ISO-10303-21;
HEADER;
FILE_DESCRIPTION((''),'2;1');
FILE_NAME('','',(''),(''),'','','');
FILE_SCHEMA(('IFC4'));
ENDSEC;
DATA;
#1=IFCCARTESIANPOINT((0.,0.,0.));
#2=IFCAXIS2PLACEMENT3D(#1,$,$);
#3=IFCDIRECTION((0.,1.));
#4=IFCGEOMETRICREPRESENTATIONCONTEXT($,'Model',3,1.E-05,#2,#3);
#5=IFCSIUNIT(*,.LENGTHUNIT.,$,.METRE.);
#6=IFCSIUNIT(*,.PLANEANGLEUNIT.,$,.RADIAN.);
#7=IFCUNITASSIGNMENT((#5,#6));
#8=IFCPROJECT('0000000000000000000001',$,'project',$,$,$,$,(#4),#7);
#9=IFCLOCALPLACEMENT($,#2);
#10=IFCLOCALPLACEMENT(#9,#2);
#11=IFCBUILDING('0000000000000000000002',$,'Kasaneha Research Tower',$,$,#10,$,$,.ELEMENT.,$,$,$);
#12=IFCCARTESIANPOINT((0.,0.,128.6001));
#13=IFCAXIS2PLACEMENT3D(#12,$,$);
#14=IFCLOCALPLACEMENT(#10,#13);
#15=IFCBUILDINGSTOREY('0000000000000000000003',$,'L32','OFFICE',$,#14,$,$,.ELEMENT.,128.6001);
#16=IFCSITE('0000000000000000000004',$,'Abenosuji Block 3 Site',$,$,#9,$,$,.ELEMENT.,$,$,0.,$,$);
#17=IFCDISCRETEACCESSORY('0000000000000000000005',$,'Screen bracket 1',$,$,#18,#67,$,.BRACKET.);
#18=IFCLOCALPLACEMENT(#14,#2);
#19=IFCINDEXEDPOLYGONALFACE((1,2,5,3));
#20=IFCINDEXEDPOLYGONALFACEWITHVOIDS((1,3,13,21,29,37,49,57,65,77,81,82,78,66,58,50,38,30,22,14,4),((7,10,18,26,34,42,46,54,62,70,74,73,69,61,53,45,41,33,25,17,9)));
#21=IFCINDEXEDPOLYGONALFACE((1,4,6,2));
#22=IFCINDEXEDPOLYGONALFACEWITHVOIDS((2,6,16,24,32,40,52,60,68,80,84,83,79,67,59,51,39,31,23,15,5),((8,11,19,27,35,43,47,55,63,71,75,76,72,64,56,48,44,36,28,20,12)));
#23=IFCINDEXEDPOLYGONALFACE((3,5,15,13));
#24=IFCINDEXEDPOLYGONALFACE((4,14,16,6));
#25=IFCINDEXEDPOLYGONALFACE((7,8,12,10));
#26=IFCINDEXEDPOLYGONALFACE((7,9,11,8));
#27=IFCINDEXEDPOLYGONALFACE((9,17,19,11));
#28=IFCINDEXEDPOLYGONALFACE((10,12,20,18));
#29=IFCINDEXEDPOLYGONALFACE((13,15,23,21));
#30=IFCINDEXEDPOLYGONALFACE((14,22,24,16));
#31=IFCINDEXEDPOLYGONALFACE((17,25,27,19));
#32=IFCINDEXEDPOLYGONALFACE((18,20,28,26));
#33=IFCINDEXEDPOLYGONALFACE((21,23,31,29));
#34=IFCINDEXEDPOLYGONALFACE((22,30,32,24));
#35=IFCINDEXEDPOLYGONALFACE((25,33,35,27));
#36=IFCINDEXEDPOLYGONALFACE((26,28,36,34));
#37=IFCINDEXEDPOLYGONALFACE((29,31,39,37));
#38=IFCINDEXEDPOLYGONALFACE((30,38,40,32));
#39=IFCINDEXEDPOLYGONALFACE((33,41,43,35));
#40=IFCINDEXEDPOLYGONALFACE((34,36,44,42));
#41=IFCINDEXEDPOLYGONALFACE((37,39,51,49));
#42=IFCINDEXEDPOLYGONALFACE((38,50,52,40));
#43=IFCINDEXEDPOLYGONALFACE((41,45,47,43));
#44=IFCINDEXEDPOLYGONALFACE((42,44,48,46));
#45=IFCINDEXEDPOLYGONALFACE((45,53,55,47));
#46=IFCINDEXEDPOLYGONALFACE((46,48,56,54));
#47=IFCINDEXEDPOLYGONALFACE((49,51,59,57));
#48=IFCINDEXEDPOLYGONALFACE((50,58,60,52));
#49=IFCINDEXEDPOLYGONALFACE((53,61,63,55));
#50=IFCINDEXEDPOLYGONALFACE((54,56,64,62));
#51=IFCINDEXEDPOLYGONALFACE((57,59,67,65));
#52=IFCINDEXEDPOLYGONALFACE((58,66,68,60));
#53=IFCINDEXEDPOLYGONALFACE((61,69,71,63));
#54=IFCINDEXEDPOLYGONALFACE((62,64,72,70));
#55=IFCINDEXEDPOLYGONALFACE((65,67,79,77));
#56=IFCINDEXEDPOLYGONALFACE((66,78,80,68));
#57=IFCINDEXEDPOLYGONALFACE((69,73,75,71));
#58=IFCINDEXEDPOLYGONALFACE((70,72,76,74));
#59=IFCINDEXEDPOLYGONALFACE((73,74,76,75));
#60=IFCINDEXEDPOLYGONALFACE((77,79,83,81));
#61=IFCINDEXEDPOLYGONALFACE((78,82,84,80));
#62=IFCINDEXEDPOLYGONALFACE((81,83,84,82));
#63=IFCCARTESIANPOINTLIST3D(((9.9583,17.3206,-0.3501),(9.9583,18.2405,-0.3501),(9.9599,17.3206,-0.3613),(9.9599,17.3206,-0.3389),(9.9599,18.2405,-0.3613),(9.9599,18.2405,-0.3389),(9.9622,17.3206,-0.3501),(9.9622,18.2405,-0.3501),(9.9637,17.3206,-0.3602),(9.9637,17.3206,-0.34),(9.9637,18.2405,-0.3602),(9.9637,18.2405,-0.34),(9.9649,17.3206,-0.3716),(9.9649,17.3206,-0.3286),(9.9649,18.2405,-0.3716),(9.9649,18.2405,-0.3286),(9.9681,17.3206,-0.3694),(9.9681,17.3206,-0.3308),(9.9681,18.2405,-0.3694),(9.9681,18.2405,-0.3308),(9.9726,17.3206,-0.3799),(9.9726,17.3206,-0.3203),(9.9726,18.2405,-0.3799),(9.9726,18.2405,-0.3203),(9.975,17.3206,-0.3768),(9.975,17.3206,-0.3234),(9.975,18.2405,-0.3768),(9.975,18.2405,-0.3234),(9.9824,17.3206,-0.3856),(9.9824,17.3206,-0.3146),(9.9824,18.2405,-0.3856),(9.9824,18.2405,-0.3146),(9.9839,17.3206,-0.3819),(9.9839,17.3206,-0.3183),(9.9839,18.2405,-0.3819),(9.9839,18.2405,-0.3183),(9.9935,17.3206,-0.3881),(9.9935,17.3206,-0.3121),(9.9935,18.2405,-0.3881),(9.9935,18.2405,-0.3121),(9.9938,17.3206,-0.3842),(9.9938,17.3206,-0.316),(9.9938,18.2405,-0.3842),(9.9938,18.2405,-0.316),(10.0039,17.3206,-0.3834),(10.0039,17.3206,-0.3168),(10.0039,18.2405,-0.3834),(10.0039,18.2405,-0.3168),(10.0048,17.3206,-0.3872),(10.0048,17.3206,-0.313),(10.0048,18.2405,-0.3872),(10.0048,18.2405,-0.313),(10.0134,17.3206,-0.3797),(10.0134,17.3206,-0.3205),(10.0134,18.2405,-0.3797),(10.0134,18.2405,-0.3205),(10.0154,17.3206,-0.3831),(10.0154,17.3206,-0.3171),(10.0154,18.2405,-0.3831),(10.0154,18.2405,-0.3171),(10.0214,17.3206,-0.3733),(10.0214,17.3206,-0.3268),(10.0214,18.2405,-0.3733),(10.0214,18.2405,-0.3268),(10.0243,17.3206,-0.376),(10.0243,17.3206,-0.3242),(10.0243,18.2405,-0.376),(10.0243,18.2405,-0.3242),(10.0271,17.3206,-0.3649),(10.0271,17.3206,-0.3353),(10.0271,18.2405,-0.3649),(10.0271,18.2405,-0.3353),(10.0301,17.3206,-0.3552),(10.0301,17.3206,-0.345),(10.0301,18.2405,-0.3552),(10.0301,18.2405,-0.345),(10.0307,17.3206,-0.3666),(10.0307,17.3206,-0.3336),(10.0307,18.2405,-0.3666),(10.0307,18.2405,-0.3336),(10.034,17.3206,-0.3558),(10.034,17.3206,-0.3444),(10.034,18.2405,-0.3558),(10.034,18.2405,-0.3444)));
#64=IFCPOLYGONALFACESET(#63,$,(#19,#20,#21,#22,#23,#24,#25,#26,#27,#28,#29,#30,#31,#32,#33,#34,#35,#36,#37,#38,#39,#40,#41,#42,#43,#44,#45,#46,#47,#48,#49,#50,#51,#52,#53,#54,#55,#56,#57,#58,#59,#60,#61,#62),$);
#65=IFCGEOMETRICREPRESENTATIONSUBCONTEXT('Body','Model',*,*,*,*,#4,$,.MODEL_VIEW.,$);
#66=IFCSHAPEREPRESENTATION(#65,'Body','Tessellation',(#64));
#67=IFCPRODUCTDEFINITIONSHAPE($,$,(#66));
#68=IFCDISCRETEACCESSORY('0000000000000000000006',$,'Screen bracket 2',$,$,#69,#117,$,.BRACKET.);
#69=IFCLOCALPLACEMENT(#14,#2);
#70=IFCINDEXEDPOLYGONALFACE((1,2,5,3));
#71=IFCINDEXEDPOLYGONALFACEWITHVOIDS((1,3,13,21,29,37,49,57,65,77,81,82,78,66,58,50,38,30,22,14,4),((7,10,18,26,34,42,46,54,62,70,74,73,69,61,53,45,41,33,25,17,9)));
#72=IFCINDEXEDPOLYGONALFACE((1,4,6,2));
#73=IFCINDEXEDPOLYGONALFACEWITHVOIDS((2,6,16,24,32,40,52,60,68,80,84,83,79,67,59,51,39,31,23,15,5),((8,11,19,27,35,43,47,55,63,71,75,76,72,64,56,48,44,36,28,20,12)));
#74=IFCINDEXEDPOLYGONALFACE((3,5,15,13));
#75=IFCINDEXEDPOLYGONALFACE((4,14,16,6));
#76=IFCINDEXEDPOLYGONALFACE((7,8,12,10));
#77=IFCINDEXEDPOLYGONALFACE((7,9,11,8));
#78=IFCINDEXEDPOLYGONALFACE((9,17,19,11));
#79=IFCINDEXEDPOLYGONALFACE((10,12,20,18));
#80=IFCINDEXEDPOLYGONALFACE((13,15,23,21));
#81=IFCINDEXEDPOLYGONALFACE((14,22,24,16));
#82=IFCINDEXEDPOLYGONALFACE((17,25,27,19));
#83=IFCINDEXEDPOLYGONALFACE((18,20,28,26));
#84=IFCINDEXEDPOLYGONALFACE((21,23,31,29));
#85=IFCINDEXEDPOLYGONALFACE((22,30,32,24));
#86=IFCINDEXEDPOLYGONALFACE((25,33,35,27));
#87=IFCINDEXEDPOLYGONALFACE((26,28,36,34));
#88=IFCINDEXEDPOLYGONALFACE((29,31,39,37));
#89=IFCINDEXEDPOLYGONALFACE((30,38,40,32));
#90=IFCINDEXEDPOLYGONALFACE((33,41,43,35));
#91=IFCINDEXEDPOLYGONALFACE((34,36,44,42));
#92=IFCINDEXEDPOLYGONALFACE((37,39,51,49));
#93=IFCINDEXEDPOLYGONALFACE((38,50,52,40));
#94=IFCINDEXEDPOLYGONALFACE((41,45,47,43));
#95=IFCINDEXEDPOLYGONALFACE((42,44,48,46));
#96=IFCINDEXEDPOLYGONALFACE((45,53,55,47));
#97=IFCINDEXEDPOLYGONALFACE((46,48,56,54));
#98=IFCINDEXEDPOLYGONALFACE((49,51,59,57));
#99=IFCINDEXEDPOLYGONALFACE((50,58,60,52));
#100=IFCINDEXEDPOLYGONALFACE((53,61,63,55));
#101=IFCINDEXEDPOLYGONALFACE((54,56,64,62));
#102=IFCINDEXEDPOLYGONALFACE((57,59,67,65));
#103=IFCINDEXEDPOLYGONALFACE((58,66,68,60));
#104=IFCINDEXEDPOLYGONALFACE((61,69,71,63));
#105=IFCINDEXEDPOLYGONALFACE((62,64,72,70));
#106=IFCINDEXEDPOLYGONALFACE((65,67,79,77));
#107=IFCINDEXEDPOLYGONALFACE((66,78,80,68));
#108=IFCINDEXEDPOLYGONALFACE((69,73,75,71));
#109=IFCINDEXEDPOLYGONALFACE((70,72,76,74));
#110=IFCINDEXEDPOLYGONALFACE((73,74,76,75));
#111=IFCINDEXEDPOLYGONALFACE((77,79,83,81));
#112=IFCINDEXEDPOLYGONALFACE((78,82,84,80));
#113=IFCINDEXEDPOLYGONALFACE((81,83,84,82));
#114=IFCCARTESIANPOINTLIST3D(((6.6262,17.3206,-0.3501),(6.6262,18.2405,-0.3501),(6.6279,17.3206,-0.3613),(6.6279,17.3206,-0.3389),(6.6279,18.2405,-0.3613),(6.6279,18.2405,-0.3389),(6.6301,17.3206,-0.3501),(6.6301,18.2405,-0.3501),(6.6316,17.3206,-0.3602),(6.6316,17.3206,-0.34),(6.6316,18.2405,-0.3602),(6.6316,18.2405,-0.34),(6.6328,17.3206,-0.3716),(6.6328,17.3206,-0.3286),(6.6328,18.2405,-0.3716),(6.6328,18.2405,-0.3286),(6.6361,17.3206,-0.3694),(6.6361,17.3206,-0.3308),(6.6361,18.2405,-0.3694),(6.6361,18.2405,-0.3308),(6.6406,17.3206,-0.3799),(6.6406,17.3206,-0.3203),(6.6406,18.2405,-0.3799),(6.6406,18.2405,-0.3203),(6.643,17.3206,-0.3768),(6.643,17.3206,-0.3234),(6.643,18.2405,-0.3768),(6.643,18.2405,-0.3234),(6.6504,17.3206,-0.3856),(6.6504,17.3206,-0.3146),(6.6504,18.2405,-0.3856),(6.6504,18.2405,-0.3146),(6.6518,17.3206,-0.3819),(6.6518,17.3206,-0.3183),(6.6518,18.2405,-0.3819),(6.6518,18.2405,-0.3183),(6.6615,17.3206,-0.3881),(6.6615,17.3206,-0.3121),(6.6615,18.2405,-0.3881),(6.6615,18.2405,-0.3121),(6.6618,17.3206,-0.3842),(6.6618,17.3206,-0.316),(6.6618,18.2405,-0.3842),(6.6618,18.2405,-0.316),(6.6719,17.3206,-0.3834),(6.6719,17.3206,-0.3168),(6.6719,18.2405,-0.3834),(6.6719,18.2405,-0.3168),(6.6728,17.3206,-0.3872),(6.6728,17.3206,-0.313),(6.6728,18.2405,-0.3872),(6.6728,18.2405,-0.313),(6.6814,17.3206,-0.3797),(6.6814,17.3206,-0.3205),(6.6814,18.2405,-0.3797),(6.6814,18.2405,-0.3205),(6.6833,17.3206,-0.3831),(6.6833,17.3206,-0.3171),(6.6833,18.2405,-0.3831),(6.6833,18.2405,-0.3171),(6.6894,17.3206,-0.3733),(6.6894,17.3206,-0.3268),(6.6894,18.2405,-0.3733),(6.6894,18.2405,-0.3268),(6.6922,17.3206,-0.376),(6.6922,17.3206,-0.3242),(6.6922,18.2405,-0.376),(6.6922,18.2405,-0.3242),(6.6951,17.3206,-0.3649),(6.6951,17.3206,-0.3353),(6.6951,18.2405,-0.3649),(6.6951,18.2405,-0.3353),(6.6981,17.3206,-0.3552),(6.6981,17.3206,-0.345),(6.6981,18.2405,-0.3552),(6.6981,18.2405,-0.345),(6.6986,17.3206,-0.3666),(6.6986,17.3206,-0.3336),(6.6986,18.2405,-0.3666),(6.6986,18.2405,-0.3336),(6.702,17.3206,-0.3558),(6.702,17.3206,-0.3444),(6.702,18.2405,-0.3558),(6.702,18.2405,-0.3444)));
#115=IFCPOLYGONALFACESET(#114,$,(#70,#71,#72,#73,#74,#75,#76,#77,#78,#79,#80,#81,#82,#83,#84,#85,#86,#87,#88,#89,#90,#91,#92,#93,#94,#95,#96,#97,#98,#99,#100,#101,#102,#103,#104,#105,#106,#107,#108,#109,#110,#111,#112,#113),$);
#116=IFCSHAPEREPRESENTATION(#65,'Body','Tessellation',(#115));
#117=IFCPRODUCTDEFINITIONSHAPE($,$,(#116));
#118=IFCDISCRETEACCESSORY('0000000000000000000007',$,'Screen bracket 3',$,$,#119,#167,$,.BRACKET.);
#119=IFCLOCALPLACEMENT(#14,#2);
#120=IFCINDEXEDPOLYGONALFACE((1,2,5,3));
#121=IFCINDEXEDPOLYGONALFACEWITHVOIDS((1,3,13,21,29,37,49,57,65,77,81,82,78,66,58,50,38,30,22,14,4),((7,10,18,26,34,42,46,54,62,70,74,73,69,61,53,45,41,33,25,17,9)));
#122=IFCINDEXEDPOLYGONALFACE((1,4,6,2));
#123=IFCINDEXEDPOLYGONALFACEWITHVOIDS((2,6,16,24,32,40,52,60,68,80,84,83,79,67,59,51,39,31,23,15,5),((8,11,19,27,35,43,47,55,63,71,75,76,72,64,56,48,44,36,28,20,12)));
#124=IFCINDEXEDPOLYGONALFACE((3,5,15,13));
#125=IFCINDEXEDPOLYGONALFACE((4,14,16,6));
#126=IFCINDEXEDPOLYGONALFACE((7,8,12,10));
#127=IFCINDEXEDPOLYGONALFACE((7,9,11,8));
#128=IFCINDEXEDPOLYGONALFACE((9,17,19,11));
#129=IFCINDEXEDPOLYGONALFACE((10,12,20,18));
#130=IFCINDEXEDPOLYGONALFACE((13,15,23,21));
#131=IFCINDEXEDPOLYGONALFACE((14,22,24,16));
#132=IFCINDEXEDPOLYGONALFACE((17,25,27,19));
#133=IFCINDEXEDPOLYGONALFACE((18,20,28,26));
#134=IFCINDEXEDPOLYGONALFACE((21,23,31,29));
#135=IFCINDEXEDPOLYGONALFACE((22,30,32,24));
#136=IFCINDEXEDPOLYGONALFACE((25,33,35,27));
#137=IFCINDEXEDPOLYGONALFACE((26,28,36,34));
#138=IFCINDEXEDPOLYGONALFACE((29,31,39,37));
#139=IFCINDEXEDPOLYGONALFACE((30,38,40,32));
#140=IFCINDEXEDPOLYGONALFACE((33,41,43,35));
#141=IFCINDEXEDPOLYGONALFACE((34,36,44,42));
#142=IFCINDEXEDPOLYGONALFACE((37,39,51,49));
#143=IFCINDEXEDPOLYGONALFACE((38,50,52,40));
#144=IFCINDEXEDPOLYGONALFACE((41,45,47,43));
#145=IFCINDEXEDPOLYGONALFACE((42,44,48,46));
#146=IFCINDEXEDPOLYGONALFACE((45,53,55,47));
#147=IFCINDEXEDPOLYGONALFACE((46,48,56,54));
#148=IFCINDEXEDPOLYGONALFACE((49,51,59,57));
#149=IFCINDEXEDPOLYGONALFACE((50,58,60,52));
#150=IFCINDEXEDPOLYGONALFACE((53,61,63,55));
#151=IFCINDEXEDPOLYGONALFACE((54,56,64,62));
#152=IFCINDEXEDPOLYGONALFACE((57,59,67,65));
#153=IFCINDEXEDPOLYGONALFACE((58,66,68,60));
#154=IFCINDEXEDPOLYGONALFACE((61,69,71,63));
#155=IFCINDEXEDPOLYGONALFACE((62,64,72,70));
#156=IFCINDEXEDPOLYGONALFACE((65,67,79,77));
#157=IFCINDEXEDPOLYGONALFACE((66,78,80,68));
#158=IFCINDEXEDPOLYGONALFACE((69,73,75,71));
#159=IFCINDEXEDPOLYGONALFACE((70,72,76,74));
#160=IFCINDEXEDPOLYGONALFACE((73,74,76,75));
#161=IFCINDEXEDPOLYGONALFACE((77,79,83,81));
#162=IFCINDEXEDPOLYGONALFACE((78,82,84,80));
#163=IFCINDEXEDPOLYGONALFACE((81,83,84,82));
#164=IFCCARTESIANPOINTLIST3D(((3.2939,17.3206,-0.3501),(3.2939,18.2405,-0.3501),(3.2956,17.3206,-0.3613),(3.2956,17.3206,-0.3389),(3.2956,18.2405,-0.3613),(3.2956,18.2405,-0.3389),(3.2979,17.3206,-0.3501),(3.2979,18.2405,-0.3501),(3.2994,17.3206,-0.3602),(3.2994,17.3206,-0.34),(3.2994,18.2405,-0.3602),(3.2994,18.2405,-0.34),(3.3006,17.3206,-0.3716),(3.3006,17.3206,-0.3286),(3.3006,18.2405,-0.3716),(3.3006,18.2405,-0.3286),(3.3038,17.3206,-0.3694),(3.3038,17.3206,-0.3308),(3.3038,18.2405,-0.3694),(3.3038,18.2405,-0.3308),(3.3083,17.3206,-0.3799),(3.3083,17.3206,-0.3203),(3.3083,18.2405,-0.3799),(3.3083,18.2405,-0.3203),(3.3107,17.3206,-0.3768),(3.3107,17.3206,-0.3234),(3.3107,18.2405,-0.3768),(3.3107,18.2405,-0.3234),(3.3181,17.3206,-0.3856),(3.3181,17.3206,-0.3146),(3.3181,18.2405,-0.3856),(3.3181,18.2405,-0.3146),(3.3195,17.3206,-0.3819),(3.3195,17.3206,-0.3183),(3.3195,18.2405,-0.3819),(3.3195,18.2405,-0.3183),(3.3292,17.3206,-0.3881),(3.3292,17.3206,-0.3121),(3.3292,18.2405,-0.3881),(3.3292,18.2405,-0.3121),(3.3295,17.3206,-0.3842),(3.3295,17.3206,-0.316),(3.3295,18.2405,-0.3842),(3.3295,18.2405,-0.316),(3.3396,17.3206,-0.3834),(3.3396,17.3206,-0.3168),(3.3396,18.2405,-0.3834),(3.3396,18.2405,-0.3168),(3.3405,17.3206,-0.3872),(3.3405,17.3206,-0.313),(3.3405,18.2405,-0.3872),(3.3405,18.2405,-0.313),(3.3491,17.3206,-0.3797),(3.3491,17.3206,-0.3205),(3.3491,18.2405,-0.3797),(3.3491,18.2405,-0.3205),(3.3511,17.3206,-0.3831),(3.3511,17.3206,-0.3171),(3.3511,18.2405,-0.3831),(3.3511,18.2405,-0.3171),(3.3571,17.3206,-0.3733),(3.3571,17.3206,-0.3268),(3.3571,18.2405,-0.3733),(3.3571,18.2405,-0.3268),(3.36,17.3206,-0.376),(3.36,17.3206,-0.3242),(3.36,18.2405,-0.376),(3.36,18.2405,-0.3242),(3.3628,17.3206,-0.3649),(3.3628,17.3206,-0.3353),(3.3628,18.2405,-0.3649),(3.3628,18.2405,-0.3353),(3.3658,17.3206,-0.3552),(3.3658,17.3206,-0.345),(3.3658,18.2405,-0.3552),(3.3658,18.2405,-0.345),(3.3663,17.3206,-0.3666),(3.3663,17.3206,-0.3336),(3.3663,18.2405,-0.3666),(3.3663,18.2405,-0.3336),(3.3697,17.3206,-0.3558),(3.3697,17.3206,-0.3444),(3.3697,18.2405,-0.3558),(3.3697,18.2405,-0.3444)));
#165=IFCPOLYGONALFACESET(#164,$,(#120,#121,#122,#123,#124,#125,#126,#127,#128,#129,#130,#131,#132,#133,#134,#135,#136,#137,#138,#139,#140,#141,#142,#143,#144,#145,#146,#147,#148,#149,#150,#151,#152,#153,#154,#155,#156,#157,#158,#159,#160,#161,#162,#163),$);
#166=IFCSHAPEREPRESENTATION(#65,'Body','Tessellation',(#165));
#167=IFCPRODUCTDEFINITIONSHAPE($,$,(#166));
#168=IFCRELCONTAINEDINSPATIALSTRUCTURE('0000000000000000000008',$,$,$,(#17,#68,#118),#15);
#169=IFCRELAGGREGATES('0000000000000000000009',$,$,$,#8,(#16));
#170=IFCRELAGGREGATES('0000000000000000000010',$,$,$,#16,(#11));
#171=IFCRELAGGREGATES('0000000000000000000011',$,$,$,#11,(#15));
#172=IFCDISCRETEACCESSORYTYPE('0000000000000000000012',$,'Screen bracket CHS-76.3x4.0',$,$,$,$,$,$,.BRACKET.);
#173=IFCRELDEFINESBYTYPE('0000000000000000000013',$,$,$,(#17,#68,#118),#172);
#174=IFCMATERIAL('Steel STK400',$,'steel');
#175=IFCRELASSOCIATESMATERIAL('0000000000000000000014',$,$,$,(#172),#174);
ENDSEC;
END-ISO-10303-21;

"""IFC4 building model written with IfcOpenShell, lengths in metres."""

from ifc_helpers import new_model, si_unit, direction, frame, origin, origin_2d, place, context, subcontext, project, spatial, hollow_circle, extrude, material, material_profile, profile_set, type_object, element, save


model = new_model("IFC4")

# Units and contexts
model_context = context("Model", 3, precision=1e-05, world=origin(), true_north=direction((0.0, 1.0)))
body_context = subcontext(model_context, "Body", "Model", "MODEL_VIEW")
ifc_project = project(units=[si_unit("LENGTHUNIT", "METRE"), si_unit("PLANEANGLEUNIT", "RADIAN")], contexts=[model_context])

# Site, building, storey
site_placement = place(None, origin())
site = spatial("IfcSite", under=ifc_project, at=site_placement, Name="Abenosuji Block 3 Site", CompositionType="ELEMENT", RefElevation=0.0)
building_placement = place(site_placement, origin())
building = spatial("IfcBuilding", under=site, at=building_placement, Name="Kasaneha Research Tower", CompositionType="ELEMENT")
storey_placement = place(building_placement, frame((0.0, 0.0, 128.6001)))
storey = spatial("IfcBuildingStorey", under=building, at=storey_placement, Name="L32", Description="OFFICE", CompositionType="ELEMENT", Elevation=128.6001)

# Discrete accessories
ifc_material_1 = material(Name="Steel STK400", Category="steel")
ifc_material_profile_1 = material_profile(ifc_material_1, hollow_circle(Radius=0.0381, WallThickness=0.0039, at=origin_2d()), Name="CHS-76.3x4.0")
ifc_profile_set_1 = profile_set([ifc_material_profile_1], Name="Steel STK400")
discrete_accessory_type = type_object("IfcDiscreteAccessoryType", Name="Screen bracket CHS-76.3x4.0", PredefinedType="BRACKET", material=ifc_profile_set_1)
for number, where, z_axis, x_axis, name in (
    (1, (9.9963, 17.3206, -0.3501), (0.0, 1.0, 0.0), (-1.0, 0.0, 0.0), "Screen bracket 1"),
    (2, (6.6643, 17.3206, -0.3501), (0.0, 1.0, 0.0), (-1.0, 0.0, 0.0), "Screen bracket 2"),
    (3, (3.332, 17.3206, -0.3501), (0.0, 1.0, 0.0), (-1.0, 0.0, 0.0), "Screen bracket 3"),
):
    element("IfcDiscreteAccessory", number, at=place(storey_placement, frame(where, z_axis=z_axis, x_axis=x_axis)), inside=storey, type_object=discrete_accessory_type, Name=name, PredefinedType="BRACKET", context=body_context, shape_type="SweptSolid", body=[
        extrude(hollow_circle(Radius=0.0381, WallThickness=0.0039, at=origin_2d()), origin(), (0.0, 0.0, 1.0), 0.9199),
    ])

save(model, "model.ifc")
